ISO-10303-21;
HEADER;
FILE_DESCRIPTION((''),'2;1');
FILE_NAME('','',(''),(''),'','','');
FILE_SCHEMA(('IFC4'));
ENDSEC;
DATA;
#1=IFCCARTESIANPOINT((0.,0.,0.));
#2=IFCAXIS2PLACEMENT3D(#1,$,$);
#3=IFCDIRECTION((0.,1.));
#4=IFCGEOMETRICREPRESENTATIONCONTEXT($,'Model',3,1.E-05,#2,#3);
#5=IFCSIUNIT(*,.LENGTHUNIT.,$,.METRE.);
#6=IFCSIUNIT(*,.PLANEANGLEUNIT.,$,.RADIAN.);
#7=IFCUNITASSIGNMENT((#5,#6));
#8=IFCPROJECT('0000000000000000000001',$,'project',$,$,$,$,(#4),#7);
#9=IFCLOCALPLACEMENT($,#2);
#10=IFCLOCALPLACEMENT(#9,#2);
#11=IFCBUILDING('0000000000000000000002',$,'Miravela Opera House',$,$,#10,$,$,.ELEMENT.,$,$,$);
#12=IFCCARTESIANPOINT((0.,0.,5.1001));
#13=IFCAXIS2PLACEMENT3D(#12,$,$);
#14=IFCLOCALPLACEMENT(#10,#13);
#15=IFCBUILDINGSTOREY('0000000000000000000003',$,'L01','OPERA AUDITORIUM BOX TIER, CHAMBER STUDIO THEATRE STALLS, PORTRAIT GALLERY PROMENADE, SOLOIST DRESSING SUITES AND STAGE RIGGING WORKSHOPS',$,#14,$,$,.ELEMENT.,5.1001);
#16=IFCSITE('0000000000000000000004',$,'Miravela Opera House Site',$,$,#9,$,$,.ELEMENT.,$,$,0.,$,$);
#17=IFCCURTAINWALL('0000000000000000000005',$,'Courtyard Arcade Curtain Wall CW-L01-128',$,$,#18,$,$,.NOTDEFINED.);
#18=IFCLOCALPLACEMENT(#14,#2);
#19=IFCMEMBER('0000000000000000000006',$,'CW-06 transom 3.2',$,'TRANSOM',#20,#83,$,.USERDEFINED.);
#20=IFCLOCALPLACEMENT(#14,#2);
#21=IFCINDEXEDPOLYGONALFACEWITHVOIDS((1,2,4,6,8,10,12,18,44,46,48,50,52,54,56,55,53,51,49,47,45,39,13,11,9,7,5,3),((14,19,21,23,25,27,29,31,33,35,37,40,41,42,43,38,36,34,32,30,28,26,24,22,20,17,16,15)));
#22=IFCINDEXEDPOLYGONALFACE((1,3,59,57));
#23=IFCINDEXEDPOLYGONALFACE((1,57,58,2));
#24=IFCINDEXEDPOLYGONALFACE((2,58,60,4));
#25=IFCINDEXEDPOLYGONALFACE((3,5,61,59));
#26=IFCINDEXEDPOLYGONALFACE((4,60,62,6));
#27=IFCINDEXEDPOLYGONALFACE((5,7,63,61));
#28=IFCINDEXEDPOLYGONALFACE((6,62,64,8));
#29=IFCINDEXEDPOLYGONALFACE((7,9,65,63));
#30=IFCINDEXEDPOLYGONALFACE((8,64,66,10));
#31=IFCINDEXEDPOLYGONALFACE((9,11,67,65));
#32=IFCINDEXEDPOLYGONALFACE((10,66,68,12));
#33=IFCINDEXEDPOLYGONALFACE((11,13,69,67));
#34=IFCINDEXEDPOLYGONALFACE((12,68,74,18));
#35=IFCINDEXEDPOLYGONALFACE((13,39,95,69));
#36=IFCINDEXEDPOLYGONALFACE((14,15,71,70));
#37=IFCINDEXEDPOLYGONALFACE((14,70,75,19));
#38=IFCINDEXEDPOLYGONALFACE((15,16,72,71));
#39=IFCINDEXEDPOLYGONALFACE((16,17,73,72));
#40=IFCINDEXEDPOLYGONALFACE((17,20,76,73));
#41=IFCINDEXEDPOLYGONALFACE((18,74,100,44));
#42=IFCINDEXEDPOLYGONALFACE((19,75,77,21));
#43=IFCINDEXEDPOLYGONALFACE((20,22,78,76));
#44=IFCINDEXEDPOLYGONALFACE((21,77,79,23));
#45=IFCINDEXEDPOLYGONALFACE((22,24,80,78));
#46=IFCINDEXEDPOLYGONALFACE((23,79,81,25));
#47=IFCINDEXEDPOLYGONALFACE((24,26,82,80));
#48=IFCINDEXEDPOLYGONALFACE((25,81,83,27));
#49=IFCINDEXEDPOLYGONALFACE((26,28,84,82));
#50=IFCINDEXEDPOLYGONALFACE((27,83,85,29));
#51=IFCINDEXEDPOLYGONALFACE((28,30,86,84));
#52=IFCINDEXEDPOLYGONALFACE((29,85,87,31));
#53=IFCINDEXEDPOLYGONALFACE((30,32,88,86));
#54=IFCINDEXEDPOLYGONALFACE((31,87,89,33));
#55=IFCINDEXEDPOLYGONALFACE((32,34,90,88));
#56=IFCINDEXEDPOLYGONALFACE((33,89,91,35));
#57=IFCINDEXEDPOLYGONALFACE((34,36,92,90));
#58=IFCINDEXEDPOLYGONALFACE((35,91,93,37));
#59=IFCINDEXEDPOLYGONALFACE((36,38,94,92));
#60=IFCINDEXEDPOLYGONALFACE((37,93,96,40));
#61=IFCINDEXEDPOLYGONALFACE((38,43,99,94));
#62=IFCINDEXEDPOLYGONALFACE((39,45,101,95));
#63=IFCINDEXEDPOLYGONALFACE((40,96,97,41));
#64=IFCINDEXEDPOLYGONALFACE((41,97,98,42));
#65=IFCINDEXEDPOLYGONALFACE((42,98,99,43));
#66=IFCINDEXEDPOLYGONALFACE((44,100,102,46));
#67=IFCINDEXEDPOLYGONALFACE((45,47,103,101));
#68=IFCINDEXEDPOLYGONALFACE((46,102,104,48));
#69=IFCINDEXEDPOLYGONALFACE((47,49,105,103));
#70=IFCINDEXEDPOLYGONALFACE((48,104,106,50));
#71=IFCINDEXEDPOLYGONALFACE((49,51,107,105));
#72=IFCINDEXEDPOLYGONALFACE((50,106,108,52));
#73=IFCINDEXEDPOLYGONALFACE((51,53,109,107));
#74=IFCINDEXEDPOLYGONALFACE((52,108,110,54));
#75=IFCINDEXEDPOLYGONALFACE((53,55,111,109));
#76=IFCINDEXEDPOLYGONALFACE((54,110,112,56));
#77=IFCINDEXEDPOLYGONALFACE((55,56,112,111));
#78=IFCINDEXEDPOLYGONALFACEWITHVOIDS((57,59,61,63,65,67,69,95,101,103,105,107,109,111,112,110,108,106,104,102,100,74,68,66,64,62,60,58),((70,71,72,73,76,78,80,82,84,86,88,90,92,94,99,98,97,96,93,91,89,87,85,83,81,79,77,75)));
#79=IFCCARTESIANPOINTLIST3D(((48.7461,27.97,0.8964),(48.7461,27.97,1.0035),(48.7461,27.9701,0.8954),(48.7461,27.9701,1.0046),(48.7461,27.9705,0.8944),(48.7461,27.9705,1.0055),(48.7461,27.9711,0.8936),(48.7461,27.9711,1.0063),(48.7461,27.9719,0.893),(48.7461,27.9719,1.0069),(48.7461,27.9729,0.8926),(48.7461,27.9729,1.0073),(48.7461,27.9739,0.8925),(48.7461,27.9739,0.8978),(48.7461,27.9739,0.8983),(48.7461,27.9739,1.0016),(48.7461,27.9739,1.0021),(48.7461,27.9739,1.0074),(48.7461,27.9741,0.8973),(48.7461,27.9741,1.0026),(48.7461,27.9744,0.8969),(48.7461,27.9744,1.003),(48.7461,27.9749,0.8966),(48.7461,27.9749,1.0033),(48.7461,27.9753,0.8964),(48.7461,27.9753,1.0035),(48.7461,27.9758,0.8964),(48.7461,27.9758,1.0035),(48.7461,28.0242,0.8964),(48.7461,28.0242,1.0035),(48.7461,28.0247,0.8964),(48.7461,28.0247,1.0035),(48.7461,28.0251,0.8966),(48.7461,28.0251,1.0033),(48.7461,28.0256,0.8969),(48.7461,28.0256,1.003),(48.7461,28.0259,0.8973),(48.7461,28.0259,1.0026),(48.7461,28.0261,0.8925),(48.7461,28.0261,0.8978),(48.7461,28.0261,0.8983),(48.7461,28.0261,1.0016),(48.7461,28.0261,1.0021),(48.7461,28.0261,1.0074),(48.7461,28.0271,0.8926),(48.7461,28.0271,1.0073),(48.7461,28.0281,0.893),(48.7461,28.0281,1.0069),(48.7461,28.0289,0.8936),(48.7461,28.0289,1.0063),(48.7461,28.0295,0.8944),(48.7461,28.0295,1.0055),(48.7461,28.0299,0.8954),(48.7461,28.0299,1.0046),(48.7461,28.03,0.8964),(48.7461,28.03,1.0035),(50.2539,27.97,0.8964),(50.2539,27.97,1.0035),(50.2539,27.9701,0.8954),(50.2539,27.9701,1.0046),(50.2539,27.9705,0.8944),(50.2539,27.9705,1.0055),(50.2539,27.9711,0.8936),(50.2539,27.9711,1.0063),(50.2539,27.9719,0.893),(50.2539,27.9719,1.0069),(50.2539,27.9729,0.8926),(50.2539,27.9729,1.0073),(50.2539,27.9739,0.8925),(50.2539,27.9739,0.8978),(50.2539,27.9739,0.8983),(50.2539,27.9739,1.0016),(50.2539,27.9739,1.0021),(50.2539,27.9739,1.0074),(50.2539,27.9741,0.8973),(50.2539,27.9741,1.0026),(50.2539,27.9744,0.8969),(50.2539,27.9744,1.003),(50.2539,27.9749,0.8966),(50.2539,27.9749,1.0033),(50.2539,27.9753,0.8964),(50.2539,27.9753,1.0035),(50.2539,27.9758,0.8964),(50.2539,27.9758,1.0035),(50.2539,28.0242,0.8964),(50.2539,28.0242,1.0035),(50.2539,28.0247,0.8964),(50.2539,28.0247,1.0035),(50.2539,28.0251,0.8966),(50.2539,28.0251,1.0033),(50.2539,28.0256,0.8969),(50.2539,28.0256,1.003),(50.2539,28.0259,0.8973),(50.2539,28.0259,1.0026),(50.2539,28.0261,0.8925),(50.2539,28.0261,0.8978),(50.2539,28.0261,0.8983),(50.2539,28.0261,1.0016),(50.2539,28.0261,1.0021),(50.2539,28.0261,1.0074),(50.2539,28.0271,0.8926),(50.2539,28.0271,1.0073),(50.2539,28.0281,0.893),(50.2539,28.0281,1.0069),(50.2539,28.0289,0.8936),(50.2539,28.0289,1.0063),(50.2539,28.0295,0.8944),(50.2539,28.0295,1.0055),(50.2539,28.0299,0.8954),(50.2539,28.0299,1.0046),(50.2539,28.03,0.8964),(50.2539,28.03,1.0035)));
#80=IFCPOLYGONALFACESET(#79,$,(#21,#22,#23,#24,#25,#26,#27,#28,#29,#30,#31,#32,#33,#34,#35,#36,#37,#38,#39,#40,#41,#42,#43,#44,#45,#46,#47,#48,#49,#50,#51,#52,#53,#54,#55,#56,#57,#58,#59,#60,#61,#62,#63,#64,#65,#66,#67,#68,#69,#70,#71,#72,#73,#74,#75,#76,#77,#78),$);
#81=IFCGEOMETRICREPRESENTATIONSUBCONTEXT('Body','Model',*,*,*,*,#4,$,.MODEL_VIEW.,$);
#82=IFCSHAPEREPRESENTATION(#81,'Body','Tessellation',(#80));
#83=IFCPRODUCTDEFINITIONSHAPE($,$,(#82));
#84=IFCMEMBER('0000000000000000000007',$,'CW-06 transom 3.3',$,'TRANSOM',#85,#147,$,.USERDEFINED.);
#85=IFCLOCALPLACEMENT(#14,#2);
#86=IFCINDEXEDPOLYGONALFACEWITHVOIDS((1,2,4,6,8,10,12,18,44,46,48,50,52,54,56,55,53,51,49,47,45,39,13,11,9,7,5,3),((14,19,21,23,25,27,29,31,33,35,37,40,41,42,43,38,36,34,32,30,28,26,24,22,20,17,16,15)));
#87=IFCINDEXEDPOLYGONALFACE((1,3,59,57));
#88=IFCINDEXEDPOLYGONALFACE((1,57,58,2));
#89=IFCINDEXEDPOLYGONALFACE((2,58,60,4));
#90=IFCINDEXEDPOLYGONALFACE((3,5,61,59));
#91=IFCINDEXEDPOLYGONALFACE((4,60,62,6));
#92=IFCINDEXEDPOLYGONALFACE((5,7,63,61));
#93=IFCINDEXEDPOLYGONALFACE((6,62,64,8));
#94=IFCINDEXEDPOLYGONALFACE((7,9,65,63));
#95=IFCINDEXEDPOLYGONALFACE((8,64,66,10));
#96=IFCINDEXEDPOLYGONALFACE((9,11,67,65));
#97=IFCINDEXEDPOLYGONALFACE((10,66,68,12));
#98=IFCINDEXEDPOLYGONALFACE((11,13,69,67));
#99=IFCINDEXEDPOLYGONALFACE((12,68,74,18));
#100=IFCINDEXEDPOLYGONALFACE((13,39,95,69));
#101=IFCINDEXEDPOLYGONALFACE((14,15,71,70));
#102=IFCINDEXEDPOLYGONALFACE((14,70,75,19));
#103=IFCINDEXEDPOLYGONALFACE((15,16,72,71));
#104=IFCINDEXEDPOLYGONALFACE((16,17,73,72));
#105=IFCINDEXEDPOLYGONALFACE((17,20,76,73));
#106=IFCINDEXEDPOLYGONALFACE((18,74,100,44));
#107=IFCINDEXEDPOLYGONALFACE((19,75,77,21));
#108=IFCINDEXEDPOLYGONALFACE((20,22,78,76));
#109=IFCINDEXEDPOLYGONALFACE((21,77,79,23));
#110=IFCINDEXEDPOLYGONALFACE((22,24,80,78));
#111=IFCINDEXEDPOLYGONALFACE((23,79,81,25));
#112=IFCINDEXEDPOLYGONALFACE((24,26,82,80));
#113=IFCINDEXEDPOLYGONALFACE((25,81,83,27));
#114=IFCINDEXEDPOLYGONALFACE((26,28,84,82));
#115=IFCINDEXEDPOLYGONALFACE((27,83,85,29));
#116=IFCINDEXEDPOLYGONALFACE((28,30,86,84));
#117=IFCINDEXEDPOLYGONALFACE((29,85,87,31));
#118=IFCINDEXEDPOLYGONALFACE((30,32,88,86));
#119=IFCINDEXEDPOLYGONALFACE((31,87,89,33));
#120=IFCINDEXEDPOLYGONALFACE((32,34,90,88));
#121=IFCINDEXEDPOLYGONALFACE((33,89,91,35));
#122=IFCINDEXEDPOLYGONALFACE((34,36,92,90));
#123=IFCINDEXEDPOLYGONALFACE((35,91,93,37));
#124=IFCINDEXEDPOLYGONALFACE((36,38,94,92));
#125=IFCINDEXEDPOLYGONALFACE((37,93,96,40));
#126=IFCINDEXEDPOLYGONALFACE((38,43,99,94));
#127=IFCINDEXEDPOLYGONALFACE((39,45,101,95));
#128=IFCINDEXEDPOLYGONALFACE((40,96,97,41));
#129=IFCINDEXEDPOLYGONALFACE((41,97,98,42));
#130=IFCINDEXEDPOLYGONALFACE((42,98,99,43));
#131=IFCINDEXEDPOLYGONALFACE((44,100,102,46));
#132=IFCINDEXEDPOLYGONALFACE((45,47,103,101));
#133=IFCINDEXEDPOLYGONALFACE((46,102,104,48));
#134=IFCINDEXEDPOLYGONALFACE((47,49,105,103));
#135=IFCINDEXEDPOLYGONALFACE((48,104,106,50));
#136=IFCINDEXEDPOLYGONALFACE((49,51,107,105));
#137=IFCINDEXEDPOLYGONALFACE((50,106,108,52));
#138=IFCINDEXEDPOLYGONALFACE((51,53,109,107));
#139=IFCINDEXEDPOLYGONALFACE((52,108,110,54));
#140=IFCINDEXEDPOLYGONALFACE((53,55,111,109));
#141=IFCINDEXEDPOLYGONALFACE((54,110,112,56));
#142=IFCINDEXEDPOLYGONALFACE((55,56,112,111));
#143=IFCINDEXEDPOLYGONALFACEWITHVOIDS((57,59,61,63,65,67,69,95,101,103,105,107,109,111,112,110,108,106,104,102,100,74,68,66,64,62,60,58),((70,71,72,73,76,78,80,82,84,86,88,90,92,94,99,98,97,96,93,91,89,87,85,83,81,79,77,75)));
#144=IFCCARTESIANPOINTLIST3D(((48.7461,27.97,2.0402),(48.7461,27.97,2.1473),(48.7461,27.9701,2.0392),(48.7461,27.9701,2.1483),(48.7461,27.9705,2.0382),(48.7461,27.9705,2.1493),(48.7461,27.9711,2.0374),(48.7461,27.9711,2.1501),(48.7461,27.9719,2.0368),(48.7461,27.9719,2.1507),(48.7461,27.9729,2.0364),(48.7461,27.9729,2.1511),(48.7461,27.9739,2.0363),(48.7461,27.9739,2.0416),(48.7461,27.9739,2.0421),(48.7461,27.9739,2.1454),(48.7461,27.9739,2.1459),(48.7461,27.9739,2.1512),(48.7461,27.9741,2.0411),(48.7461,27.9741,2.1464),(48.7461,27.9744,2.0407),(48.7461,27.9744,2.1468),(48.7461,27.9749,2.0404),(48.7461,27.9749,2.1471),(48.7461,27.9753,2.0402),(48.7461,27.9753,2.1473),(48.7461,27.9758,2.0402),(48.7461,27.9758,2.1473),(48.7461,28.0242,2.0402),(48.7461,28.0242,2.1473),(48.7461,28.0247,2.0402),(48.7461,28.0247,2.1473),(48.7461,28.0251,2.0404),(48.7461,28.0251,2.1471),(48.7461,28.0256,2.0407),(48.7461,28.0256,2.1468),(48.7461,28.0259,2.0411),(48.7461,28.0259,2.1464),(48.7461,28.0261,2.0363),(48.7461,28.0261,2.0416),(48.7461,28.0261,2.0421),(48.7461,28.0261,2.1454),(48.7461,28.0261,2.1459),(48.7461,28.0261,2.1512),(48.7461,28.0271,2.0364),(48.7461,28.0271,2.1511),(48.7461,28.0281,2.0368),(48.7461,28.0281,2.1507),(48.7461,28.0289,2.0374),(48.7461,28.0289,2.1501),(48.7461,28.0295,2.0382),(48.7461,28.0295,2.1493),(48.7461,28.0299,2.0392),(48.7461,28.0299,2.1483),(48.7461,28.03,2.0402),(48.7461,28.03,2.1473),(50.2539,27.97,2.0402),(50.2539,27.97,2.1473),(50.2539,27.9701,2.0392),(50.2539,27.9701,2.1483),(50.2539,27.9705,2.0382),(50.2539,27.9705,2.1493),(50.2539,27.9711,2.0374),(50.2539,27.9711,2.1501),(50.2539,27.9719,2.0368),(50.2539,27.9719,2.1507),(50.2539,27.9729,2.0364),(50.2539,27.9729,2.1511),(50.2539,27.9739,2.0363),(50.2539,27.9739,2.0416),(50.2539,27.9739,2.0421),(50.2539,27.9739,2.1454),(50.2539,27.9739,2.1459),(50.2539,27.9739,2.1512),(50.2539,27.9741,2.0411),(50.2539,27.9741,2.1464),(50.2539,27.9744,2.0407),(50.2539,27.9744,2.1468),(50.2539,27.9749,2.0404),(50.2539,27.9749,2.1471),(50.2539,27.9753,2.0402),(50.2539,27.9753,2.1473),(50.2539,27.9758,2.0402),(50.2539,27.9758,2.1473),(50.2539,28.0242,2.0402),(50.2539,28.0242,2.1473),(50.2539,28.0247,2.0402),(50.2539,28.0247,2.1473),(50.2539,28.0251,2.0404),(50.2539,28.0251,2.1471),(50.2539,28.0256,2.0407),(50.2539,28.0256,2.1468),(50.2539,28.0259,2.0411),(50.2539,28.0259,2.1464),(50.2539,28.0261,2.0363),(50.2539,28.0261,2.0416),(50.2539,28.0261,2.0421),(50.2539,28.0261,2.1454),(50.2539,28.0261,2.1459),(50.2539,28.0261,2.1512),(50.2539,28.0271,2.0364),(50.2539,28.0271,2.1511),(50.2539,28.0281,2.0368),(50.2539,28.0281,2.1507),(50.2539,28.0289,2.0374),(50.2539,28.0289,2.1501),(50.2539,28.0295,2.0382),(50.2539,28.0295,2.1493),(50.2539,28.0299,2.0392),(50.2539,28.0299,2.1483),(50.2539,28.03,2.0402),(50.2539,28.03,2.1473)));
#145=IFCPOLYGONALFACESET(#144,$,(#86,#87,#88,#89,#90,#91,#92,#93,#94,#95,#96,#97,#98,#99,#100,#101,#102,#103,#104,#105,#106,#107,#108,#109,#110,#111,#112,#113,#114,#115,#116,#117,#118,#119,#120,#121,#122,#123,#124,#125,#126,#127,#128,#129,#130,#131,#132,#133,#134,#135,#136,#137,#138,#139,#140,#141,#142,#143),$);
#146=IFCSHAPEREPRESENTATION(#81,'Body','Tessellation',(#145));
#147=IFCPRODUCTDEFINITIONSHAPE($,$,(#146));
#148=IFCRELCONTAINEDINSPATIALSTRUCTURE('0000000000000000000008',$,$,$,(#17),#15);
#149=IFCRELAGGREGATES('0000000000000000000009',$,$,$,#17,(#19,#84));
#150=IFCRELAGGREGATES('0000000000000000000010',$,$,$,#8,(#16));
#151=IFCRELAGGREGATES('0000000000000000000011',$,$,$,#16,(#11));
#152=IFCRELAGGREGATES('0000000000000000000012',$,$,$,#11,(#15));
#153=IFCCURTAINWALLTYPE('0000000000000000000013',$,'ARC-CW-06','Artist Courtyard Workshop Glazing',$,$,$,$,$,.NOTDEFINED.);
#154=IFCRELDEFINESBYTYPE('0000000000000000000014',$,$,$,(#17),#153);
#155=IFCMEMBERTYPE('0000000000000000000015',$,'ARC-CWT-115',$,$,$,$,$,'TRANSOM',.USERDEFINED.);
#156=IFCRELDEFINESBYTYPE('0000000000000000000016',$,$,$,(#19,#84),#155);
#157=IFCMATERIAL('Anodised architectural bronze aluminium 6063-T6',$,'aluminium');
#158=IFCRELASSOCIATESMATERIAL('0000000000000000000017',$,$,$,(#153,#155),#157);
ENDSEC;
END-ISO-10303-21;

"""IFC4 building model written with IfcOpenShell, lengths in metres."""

from ifc_helpers import new_model, si_unit, direction, frame, origin, origin_2d, place, context, subcontext, project, spatial, hollow_rectangle, extrude, material, material_profile, profile_set, type_object, element, aggregate, save


model = new_model("IFC4")

# Units and contexts
model_context = context("Model", 3, precision=1e-05, world=origin(), true_north=direction((0.0, 1.0)))
body_context = subcontext(model_context, "Body", "Model", "MODEL_VIEW")
ifc_project = project(units=[si_unit("LENGTHUNIT", "METRE"), si_unit("PLANEANGLEUNIT", "RADIAN")], contexts=[model_context])

# Site, building, storey
site_placement = place(None, origin())
site = spatial("IfcSite", under=ifc_project, at=site_placement, Name="Miravela Opera House Site", CompositionType="ELEMENT", RefElevation=0.0)
building_placement = place(site_placement, origin())
building = spatial("IfcBuilding", under=site, at=building_placement, Name="Miravela Opera House", CompositionType="ELEMENT")
storey_placement = place(building_placement, frame((0.0, 0.0, 5.1001)))
storey = spatial("IfcBuildingStorey", under=building, at=storey_placement, Name="L01", Description="OPERA AUDITORIUM BOX TIER, CHAMBER STUDIO THEATRE STALLS, PORTRAIT GALLERY PROMENADE, SOLOIST DRESSING SUITES AND STAGE RIGGING WORKSHOPS", CompositionType="ELEMENT", Elevation=5.1001)

# Curtain wall, members
ifc_material_1 = material(Name="Anodised architectural bronze aluminium 6063-T6", Category="aluminium")
curtain_wall_type = type_object("IfcCurtainWallType", Name="ARC-CW-06", Description="Artist Courtyard Workshop Glazing", PredefinedType="NOTDEFINED", material=ifc_material_1)
curtain_wall_placement = place(storey_placement, origin())
curtain_wall = element("IfcCurtainWall", 1, at=curtain_wall_placement, inside=storey, type_object=curtain_wall_type, Name="Courtyard Arcade Curtain Wall CW-L01-128", PredefinedType="NOTDEFINED")
ifc_material_profile_1 = material_profile(ifc_material_1, hollow_rectangle(XDim=0.0601, YDim=0.115, WallThickness=0.0039, InnerFilletRadius=0.002, OuterFilletRadius=0.0039, at=origin_2d()), Name="CWT-60X115")
ifc_profile_set_1 = profile_set([ifc_material_profile_1])
member_type_1 = type_object("IfcMemberType", Name="ARC-CWT-115", ElementType="TRANSOM", PredefinedType="USERDEFINED", material=ifc_profile_set_1)
member_1_placement = place(storey_placement, frame((48.7461, 28.0, 0.95), z_axis=(1.0, 0.0, 0.0), x_axis=(0.0, 1.0, 0.0)))
member_1 = element("IfcMember", 2, at=member_1_placement, type_object=member_type_1, Name="CW-06 transom 3.2", ObjectType="TRANSOM", PredefinedType="USERDEFINED", context=body_context, shape_type="SweptSolid", body=[
    extrude(hollow_rectangle(XDim=0.0601, YDim=0.115, WallThickness=0.0039, InnerFilletRadius=0.002, OuterFilletRadius=0.0039, at=origin_2d()), origin(), (0.0, 0.0, 1.0), 1.5078),
])
member_2_placement = place(storey_placement, frame((48.7461, 28.0, 2.0938), z_axis=(1.0, 0.0, 0.0), x_axis=(0.0, 1.0, 0.0)))
member_2 = element("IfcMember", 3, at=member_2_placement, type_object=member_type_1, Name="CW-06 transom 3.3", ObjectType="TRANSOM", PredefinedType="USERDEFINED", context=body_context, shape_type="SweptSolid", body=[
    extrude(hollow_rectangle(XDim=0.0601, YDim=0.115, WallThickness=0.0039, InnerFilletRadius=0.002, OuterFilletRadius=0.0039, at=origin_2d()), origin(), (0.0, 0.0, 1.0), 1.5078),
])
aggregate(curtain_wall, [member_1, member_2])

save(model, "model.ifc")
